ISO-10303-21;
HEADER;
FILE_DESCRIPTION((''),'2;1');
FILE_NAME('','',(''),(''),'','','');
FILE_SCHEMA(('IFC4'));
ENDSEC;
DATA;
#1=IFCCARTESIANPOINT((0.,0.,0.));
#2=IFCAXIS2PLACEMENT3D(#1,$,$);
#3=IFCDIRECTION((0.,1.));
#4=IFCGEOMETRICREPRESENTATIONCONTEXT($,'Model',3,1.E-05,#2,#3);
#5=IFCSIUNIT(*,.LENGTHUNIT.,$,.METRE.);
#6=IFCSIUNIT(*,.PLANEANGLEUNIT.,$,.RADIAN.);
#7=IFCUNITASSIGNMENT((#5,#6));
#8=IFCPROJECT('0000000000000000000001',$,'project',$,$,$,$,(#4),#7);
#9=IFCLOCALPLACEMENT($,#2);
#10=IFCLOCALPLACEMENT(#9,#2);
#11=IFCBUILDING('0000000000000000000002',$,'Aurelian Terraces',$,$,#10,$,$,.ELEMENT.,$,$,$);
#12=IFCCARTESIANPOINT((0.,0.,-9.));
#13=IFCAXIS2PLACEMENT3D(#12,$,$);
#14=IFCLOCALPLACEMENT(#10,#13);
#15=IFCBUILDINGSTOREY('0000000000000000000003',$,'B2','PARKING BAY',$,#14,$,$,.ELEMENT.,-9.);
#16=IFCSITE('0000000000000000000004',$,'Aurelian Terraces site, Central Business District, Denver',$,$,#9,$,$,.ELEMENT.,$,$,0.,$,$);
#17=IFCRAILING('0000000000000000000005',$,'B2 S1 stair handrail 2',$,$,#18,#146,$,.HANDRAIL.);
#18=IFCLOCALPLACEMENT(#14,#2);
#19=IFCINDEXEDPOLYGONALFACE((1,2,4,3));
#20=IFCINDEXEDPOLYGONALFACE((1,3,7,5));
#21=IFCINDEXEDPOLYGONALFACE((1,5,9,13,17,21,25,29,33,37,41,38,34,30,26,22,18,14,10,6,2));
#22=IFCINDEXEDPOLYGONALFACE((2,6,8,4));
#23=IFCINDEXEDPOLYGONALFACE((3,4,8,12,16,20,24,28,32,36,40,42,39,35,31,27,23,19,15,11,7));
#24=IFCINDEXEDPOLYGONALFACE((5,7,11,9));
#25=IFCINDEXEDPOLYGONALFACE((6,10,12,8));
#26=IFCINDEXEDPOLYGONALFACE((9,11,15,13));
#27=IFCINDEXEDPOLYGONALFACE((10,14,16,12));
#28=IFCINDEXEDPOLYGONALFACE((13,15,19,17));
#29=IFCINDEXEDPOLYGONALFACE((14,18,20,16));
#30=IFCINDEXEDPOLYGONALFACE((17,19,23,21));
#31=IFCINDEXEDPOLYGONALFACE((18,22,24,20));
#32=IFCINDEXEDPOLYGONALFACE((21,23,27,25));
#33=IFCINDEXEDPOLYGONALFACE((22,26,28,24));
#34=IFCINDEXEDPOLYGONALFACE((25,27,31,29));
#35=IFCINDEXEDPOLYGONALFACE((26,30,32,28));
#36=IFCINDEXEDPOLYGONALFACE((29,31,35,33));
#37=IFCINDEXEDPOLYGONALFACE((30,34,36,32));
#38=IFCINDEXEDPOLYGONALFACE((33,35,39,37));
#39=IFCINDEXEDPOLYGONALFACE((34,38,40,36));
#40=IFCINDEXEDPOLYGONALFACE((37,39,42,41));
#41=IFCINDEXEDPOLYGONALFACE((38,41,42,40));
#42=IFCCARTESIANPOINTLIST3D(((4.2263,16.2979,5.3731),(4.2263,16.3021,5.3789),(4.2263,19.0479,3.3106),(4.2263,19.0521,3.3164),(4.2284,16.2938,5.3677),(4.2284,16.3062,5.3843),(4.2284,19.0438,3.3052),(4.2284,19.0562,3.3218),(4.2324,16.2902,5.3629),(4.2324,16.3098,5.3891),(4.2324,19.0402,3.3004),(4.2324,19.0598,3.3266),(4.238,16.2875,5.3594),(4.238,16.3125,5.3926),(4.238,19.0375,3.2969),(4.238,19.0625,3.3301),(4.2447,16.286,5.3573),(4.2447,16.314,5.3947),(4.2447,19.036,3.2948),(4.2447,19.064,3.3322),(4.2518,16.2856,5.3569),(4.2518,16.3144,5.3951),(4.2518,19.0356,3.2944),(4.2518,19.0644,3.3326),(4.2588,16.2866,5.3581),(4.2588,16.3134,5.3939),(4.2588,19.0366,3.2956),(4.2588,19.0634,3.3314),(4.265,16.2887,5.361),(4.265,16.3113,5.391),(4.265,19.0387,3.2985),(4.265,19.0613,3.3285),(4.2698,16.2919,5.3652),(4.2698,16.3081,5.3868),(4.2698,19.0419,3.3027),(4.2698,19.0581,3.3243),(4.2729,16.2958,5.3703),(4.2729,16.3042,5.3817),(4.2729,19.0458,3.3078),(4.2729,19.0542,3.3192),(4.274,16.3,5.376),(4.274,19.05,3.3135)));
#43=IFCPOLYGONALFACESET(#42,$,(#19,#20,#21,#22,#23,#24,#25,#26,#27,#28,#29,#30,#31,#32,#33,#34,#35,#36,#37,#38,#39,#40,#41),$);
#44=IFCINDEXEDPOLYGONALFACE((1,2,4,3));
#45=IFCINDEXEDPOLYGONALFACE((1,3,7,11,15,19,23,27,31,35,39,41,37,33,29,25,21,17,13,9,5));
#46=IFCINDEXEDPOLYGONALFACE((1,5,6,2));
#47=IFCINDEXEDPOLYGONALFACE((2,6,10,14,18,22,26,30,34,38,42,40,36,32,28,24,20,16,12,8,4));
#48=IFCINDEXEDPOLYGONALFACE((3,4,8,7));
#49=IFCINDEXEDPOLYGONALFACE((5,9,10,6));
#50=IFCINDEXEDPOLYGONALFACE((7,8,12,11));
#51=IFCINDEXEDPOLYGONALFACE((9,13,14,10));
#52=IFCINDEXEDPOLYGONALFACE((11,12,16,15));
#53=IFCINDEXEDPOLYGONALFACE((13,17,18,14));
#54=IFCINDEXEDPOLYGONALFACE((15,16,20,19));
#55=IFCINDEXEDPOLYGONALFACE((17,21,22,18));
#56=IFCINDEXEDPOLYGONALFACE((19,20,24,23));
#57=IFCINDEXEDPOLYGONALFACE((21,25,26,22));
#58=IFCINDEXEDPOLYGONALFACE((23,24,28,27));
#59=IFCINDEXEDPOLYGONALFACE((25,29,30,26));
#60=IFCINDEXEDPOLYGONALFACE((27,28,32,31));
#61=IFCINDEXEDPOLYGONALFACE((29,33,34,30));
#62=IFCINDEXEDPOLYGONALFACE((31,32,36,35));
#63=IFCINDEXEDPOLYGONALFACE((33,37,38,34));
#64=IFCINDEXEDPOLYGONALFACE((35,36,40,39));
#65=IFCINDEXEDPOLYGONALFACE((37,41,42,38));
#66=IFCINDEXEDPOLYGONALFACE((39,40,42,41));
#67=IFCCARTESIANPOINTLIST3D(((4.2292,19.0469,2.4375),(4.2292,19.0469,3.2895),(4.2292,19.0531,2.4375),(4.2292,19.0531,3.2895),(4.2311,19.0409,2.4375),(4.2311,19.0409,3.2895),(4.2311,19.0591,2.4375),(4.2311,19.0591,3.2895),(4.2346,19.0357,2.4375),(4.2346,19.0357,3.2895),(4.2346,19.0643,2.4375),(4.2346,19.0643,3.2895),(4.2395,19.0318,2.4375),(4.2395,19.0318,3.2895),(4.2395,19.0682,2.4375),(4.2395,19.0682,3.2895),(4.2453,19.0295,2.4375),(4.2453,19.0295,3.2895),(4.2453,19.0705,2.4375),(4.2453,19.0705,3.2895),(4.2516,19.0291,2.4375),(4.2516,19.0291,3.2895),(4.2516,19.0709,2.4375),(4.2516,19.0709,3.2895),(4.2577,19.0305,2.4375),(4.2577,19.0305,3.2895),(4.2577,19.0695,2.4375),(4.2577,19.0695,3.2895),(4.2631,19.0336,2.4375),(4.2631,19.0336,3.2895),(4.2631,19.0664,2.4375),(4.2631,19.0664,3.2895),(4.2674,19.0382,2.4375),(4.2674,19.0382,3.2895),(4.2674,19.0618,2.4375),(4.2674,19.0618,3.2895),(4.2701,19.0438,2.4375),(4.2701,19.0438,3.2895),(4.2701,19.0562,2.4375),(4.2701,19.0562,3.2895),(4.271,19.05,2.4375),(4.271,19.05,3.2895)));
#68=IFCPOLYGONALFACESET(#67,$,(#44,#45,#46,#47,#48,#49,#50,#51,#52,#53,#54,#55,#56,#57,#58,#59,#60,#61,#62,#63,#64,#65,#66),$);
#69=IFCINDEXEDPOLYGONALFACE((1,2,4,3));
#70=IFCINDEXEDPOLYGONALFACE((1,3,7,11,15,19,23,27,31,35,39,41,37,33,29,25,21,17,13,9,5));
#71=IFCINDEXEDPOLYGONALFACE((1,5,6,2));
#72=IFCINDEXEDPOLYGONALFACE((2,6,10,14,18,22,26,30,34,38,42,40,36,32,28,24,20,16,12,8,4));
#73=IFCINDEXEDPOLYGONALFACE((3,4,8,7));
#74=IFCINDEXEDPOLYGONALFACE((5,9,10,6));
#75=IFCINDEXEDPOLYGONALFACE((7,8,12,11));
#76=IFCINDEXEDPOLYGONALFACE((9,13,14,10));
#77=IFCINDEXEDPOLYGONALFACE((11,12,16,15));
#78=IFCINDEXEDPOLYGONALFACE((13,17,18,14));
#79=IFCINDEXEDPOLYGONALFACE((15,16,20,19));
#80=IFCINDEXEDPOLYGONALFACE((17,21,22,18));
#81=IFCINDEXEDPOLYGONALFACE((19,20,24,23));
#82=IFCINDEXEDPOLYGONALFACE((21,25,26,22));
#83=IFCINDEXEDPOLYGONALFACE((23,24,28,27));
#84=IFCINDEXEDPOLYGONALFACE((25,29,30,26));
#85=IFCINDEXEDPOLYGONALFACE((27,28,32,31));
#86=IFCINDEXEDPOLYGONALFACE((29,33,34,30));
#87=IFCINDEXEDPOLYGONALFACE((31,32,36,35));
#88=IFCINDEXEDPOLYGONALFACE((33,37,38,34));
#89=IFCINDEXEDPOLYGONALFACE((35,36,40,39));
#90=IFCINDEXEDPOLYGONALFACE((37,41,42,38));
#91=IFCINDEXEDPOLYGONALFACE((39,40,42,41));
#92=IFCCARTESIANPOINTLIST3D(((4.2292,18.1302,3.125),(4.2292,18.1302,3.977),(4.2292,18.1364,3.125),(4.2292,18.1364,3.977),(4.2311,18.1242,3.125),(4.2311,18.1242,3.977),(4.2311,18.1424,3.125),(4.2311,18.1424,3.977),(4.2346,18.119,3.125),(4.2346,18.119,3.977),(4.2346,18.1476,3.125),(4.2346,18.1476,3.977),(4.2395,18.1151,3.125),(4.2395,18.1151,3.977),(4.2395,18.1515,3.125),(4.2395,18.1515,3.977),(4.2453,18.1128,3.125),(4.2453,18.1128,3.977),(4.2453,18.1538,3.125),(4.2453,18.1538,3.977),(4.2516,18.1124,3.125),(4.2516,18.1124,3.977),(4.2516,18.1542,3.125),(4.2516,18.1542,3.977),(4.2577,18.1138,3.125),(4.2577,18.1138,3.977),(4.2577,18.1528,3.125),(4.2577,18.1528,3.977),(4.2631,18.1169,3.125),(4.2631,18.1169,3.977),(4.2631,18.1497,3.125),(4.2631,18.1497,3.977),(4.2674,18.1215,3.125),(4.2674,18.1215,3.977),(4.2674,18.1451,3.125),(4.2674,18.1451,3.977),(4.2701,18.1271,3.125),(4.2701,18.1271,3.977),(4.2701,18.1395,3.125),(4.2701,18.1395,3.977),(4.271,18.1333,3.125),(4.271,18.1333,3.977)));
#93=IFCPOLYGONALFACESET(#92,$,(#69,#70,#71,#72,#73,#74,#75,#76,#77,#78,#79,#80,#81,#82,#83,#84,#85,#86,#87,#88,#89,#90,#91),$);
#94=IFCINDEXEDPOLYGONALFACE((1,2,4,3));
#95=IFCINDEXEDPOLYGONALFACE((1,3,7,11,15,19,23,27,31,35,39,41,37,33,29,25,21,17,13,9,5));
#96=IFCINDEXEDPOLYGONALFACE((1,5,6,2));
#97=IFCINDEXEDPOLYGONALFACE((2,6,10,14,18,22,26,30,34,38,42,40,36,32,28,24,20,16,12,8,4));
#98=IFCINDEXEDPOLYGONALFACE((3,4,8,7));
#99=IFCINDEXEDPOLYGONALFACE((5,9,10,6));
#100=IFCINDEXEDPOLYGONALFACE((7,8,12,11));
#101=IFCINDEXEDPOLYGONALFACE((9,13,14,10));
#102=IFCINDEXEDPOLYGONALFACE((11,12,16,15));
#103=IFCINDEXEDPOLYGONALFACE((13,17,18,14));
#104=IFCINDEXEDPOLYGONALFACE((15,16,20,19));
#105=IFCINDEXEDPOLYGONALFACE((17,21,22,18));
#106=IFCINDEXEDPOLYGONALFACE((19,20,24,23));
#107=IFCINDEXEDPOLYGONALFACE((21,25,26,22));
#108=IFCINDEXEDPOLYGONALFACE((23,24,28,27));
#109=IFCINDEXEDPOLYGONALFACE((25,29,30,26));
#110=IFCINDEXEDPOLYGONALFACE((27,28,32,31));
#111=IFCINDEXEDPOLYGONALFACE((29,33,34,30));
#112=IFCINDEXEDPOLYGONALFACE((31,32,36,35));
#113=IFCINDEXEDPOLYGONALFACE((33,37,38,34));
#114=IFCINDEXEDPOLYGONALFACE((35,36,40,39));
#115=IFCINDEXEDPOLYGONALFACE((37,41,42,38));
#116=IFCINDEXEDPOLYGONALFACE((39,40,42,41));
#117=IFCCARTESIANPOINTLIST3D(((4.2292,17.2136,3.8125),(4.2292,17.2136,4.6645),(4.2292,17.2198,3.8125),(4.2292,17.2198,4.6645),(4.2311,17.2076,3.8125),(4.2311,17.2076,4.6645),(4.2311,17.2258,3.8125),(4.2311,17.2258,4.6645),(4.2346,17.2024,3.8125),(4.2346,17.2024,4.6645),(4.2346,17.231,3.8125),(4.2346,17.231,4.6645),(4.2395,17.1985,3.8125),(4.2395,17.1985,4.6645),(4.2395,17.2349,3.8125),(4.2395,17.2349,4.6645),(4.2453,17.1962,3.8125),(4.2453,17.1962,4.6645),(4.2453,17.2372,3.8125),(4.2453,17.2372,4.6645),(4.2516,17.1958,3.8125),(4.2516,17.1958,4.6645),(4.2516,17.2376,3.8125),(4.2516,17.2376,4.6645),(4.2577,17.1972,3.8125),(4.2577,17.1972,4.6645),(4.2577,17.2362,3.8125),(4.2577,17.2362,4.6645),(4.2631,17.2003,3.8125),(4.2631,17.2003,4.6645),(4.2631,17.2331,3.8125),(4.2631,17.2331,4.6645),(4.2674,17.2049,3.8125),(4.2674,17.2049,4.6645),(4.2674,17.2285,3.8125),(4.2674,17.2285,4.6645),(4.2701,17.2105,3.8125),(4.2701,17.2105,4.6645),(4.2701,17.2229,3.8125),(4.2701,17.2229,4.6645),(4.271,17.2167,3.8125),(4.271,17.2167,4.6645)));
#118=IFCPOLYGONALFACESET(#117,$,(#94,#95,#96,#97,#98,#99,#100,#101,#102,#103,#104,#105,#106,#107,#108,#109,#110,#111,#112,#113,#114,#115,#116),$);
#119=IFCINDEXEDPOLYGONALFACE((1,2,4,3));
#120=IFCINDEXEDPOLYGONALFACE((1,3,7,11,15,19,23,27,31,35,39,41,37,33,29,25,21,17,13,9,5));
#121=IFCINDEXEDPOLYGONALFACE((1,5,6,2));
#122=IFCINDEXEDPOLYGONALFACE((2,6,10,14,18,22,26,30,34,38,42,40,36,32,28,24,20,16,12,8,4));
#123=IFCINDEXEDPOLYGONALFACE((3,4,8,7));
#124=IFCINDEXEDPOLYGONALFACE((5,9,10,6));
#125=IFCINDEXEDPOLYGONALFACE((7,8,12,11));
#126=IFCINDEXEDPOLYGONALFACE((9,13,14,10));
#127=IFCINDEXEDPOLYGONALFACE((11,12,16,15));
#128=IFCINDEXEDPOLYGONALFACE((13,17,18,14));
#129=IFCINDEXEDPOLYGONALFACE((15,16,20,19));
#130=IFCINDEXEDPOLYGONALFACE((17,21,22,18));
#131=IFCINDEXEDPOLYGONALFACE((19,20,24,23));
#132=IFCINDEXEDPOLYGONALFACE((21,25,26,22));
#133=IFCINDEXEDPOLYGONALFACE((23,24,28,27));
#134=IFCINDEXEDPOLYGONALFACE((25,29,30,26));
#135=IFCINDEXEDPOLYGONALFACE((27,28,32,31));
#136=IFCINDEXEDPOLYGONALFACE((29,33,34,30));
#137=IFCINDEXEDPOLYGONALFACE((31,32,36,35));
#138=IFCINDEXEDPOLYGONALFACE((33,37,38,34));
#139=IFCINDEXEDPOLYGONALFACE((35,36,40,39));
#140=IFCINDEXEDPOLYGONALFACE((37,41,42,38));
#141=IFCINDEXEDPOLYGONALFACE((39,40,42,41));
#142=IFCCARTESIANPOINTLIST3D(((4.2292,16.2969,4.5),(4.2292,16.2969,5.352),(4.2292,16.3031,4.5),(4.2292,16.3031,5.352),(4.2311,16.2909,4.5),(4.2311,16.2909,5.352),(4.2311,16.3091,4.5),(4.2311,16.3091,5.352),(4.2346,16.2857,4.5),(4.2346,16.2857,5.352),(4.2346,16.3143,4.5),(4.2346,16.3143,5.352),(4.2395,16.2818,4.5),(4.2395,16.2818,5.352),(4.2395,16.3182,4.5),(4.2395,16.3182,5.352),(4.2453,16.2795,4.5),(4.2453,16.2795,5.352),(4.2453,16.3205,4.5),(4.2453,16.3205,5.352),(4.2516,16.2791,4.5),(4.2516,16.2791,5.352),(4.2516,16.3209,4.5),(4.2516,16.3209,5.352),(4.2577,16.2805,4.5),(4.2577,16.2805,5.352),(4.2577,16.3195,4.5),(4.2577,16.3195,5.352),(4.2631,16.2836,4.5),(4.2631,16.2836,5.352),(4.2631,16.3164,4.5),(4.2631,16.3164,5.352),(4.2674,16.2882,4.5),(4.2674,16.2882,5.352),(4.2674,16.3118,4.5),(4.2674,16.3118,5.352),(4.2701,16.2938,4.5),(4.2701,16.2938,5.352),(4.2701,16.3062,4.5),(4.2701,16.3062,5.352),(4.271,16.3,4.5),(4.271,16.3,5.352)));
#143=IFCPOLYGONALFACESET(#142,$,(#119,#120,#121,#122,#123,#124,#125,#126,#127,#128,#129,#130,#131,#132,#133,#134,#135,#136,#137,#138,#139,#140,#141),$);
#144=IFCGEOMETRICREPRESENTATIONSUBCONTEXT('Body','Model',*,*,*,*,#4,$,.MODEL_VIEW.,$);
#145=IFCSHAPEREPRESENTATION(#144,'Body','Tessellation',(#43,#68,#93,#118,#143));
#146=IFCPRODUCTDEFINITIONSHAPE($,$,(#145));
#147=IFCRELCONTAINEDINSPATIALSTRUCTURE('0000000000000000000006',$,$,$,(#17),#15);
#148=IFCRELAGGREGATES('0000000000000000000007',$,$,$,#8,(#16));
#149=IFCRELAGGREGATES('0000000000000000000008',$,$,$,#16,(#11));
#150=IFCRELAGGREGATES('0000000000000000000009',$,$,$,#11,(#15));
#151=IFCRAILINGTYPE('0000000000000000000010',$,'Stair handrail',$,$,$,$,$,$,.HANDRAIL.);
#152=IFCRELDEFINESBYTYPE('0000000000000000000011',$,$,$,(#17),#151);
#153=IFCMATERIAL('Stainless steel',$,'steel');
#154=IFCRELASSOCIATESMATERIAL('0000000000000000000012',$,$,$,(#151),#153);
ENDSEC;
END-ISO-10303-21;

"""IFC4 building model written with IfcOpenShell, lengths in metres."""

from ifc_helpers import new_model, si_unit, direction, frame, origin, origin_2d, place, context, subcontext, project, spatial, circle, extrude, source, transform, mapped, material, type_object, element, save


model = new_model("IFC4")

# Units and contexts
model_context = context("Model", 3, precision=1e-05, world=origin(), true_north=direction((0.0, 1.0)))
body_context = subcontext(model_context, "Body", "Model", "MODEL_VIEW")
ifc_project = project(units=[si_unit("LENGTHUNIT", "METRE"), si_unit("PLANEANGLEUNIT", "RADIAN")], contexts=[model_context])

# Site, building, storey
site_placement = place(None, origin())
site = spatial("IfcSite", under=ifc_project, at=site_placement, Name="Aurelian Terraces site, Central Business District, Denver", CompositionType="ELEMENT", RefElevation=0.0)
building_placement = place(site_placement, origin())
building = spatial("IfcBuilding", under=site, at=building_placement, Name="Aurelian Terraces", CompositionType="ELEMENT")
storey_placement = place(building_placement, frame((0.0, 0.0, -9.0)))
storey = spatial("IfcBuildingStorey", under=building, at=storey_placement, Name="B2", Description="PARKING BAY", CompositionType="ELEMENT", Elevation=-9.0)

# Shared definitions
ifc_material_1 = material(Name="Stainless steel", Category="steel")

# Railing
railing_type_1 = type_object("IfcRailingType", Name="Stair handrail", PredefinedType="HANDRAIL", material=ifc_material_1)
shared_shape_1 = source(origin(), body_context, "Body", "SweptSolid", [
    extrude(circle(Radius=0.024, at=origin_2d()), frame((0.0, 0.0, 0.876), z_axis=(0.0, -0.8, 0.6), x_axis=(1.0, 0.0, 0.0)), (0.0, 0.0, 1.0), 3.4375),
    extrude(circle(Radius=0.021, at=origin_2d()), origin(), (0.0, 0.0, 1.0), 0.852),
    extrude(circle(Radius=0.021, at=origin_2d()), frame((0.0, -0.9167, 0.6875)), (0.0, 0.0, 1.0), 0.852),
    extrude(circle(Radius=0.021, at=origin_2d()), frame((0.0, -1.8333, 1.375)), (0.0, 0.0, 1.0), 0.852),
    extrude(circle(Radius=0.021, at=origin_2d()), frame((0.0, -2.75, 2.0625)), (0.0, 0.0, 1.0), 0.852),
])
railing_1_placement = place(storey_placement, frame((4.25, 19.05, 2.4375)))
element("IfcRailing", 1, at=railing_1_placement, inside=storey, type_object=railing_type_1, Name="B2 S1 stair handrail 2", PredefinedType="HANDRAIL", context=body_context, shape_type="MappedRepresentation", body=[
    mapped(shared_shape_1, transform((0.0, 0.0, 0.0), scale=1.0)),
])

save(model, "model.ifc")
